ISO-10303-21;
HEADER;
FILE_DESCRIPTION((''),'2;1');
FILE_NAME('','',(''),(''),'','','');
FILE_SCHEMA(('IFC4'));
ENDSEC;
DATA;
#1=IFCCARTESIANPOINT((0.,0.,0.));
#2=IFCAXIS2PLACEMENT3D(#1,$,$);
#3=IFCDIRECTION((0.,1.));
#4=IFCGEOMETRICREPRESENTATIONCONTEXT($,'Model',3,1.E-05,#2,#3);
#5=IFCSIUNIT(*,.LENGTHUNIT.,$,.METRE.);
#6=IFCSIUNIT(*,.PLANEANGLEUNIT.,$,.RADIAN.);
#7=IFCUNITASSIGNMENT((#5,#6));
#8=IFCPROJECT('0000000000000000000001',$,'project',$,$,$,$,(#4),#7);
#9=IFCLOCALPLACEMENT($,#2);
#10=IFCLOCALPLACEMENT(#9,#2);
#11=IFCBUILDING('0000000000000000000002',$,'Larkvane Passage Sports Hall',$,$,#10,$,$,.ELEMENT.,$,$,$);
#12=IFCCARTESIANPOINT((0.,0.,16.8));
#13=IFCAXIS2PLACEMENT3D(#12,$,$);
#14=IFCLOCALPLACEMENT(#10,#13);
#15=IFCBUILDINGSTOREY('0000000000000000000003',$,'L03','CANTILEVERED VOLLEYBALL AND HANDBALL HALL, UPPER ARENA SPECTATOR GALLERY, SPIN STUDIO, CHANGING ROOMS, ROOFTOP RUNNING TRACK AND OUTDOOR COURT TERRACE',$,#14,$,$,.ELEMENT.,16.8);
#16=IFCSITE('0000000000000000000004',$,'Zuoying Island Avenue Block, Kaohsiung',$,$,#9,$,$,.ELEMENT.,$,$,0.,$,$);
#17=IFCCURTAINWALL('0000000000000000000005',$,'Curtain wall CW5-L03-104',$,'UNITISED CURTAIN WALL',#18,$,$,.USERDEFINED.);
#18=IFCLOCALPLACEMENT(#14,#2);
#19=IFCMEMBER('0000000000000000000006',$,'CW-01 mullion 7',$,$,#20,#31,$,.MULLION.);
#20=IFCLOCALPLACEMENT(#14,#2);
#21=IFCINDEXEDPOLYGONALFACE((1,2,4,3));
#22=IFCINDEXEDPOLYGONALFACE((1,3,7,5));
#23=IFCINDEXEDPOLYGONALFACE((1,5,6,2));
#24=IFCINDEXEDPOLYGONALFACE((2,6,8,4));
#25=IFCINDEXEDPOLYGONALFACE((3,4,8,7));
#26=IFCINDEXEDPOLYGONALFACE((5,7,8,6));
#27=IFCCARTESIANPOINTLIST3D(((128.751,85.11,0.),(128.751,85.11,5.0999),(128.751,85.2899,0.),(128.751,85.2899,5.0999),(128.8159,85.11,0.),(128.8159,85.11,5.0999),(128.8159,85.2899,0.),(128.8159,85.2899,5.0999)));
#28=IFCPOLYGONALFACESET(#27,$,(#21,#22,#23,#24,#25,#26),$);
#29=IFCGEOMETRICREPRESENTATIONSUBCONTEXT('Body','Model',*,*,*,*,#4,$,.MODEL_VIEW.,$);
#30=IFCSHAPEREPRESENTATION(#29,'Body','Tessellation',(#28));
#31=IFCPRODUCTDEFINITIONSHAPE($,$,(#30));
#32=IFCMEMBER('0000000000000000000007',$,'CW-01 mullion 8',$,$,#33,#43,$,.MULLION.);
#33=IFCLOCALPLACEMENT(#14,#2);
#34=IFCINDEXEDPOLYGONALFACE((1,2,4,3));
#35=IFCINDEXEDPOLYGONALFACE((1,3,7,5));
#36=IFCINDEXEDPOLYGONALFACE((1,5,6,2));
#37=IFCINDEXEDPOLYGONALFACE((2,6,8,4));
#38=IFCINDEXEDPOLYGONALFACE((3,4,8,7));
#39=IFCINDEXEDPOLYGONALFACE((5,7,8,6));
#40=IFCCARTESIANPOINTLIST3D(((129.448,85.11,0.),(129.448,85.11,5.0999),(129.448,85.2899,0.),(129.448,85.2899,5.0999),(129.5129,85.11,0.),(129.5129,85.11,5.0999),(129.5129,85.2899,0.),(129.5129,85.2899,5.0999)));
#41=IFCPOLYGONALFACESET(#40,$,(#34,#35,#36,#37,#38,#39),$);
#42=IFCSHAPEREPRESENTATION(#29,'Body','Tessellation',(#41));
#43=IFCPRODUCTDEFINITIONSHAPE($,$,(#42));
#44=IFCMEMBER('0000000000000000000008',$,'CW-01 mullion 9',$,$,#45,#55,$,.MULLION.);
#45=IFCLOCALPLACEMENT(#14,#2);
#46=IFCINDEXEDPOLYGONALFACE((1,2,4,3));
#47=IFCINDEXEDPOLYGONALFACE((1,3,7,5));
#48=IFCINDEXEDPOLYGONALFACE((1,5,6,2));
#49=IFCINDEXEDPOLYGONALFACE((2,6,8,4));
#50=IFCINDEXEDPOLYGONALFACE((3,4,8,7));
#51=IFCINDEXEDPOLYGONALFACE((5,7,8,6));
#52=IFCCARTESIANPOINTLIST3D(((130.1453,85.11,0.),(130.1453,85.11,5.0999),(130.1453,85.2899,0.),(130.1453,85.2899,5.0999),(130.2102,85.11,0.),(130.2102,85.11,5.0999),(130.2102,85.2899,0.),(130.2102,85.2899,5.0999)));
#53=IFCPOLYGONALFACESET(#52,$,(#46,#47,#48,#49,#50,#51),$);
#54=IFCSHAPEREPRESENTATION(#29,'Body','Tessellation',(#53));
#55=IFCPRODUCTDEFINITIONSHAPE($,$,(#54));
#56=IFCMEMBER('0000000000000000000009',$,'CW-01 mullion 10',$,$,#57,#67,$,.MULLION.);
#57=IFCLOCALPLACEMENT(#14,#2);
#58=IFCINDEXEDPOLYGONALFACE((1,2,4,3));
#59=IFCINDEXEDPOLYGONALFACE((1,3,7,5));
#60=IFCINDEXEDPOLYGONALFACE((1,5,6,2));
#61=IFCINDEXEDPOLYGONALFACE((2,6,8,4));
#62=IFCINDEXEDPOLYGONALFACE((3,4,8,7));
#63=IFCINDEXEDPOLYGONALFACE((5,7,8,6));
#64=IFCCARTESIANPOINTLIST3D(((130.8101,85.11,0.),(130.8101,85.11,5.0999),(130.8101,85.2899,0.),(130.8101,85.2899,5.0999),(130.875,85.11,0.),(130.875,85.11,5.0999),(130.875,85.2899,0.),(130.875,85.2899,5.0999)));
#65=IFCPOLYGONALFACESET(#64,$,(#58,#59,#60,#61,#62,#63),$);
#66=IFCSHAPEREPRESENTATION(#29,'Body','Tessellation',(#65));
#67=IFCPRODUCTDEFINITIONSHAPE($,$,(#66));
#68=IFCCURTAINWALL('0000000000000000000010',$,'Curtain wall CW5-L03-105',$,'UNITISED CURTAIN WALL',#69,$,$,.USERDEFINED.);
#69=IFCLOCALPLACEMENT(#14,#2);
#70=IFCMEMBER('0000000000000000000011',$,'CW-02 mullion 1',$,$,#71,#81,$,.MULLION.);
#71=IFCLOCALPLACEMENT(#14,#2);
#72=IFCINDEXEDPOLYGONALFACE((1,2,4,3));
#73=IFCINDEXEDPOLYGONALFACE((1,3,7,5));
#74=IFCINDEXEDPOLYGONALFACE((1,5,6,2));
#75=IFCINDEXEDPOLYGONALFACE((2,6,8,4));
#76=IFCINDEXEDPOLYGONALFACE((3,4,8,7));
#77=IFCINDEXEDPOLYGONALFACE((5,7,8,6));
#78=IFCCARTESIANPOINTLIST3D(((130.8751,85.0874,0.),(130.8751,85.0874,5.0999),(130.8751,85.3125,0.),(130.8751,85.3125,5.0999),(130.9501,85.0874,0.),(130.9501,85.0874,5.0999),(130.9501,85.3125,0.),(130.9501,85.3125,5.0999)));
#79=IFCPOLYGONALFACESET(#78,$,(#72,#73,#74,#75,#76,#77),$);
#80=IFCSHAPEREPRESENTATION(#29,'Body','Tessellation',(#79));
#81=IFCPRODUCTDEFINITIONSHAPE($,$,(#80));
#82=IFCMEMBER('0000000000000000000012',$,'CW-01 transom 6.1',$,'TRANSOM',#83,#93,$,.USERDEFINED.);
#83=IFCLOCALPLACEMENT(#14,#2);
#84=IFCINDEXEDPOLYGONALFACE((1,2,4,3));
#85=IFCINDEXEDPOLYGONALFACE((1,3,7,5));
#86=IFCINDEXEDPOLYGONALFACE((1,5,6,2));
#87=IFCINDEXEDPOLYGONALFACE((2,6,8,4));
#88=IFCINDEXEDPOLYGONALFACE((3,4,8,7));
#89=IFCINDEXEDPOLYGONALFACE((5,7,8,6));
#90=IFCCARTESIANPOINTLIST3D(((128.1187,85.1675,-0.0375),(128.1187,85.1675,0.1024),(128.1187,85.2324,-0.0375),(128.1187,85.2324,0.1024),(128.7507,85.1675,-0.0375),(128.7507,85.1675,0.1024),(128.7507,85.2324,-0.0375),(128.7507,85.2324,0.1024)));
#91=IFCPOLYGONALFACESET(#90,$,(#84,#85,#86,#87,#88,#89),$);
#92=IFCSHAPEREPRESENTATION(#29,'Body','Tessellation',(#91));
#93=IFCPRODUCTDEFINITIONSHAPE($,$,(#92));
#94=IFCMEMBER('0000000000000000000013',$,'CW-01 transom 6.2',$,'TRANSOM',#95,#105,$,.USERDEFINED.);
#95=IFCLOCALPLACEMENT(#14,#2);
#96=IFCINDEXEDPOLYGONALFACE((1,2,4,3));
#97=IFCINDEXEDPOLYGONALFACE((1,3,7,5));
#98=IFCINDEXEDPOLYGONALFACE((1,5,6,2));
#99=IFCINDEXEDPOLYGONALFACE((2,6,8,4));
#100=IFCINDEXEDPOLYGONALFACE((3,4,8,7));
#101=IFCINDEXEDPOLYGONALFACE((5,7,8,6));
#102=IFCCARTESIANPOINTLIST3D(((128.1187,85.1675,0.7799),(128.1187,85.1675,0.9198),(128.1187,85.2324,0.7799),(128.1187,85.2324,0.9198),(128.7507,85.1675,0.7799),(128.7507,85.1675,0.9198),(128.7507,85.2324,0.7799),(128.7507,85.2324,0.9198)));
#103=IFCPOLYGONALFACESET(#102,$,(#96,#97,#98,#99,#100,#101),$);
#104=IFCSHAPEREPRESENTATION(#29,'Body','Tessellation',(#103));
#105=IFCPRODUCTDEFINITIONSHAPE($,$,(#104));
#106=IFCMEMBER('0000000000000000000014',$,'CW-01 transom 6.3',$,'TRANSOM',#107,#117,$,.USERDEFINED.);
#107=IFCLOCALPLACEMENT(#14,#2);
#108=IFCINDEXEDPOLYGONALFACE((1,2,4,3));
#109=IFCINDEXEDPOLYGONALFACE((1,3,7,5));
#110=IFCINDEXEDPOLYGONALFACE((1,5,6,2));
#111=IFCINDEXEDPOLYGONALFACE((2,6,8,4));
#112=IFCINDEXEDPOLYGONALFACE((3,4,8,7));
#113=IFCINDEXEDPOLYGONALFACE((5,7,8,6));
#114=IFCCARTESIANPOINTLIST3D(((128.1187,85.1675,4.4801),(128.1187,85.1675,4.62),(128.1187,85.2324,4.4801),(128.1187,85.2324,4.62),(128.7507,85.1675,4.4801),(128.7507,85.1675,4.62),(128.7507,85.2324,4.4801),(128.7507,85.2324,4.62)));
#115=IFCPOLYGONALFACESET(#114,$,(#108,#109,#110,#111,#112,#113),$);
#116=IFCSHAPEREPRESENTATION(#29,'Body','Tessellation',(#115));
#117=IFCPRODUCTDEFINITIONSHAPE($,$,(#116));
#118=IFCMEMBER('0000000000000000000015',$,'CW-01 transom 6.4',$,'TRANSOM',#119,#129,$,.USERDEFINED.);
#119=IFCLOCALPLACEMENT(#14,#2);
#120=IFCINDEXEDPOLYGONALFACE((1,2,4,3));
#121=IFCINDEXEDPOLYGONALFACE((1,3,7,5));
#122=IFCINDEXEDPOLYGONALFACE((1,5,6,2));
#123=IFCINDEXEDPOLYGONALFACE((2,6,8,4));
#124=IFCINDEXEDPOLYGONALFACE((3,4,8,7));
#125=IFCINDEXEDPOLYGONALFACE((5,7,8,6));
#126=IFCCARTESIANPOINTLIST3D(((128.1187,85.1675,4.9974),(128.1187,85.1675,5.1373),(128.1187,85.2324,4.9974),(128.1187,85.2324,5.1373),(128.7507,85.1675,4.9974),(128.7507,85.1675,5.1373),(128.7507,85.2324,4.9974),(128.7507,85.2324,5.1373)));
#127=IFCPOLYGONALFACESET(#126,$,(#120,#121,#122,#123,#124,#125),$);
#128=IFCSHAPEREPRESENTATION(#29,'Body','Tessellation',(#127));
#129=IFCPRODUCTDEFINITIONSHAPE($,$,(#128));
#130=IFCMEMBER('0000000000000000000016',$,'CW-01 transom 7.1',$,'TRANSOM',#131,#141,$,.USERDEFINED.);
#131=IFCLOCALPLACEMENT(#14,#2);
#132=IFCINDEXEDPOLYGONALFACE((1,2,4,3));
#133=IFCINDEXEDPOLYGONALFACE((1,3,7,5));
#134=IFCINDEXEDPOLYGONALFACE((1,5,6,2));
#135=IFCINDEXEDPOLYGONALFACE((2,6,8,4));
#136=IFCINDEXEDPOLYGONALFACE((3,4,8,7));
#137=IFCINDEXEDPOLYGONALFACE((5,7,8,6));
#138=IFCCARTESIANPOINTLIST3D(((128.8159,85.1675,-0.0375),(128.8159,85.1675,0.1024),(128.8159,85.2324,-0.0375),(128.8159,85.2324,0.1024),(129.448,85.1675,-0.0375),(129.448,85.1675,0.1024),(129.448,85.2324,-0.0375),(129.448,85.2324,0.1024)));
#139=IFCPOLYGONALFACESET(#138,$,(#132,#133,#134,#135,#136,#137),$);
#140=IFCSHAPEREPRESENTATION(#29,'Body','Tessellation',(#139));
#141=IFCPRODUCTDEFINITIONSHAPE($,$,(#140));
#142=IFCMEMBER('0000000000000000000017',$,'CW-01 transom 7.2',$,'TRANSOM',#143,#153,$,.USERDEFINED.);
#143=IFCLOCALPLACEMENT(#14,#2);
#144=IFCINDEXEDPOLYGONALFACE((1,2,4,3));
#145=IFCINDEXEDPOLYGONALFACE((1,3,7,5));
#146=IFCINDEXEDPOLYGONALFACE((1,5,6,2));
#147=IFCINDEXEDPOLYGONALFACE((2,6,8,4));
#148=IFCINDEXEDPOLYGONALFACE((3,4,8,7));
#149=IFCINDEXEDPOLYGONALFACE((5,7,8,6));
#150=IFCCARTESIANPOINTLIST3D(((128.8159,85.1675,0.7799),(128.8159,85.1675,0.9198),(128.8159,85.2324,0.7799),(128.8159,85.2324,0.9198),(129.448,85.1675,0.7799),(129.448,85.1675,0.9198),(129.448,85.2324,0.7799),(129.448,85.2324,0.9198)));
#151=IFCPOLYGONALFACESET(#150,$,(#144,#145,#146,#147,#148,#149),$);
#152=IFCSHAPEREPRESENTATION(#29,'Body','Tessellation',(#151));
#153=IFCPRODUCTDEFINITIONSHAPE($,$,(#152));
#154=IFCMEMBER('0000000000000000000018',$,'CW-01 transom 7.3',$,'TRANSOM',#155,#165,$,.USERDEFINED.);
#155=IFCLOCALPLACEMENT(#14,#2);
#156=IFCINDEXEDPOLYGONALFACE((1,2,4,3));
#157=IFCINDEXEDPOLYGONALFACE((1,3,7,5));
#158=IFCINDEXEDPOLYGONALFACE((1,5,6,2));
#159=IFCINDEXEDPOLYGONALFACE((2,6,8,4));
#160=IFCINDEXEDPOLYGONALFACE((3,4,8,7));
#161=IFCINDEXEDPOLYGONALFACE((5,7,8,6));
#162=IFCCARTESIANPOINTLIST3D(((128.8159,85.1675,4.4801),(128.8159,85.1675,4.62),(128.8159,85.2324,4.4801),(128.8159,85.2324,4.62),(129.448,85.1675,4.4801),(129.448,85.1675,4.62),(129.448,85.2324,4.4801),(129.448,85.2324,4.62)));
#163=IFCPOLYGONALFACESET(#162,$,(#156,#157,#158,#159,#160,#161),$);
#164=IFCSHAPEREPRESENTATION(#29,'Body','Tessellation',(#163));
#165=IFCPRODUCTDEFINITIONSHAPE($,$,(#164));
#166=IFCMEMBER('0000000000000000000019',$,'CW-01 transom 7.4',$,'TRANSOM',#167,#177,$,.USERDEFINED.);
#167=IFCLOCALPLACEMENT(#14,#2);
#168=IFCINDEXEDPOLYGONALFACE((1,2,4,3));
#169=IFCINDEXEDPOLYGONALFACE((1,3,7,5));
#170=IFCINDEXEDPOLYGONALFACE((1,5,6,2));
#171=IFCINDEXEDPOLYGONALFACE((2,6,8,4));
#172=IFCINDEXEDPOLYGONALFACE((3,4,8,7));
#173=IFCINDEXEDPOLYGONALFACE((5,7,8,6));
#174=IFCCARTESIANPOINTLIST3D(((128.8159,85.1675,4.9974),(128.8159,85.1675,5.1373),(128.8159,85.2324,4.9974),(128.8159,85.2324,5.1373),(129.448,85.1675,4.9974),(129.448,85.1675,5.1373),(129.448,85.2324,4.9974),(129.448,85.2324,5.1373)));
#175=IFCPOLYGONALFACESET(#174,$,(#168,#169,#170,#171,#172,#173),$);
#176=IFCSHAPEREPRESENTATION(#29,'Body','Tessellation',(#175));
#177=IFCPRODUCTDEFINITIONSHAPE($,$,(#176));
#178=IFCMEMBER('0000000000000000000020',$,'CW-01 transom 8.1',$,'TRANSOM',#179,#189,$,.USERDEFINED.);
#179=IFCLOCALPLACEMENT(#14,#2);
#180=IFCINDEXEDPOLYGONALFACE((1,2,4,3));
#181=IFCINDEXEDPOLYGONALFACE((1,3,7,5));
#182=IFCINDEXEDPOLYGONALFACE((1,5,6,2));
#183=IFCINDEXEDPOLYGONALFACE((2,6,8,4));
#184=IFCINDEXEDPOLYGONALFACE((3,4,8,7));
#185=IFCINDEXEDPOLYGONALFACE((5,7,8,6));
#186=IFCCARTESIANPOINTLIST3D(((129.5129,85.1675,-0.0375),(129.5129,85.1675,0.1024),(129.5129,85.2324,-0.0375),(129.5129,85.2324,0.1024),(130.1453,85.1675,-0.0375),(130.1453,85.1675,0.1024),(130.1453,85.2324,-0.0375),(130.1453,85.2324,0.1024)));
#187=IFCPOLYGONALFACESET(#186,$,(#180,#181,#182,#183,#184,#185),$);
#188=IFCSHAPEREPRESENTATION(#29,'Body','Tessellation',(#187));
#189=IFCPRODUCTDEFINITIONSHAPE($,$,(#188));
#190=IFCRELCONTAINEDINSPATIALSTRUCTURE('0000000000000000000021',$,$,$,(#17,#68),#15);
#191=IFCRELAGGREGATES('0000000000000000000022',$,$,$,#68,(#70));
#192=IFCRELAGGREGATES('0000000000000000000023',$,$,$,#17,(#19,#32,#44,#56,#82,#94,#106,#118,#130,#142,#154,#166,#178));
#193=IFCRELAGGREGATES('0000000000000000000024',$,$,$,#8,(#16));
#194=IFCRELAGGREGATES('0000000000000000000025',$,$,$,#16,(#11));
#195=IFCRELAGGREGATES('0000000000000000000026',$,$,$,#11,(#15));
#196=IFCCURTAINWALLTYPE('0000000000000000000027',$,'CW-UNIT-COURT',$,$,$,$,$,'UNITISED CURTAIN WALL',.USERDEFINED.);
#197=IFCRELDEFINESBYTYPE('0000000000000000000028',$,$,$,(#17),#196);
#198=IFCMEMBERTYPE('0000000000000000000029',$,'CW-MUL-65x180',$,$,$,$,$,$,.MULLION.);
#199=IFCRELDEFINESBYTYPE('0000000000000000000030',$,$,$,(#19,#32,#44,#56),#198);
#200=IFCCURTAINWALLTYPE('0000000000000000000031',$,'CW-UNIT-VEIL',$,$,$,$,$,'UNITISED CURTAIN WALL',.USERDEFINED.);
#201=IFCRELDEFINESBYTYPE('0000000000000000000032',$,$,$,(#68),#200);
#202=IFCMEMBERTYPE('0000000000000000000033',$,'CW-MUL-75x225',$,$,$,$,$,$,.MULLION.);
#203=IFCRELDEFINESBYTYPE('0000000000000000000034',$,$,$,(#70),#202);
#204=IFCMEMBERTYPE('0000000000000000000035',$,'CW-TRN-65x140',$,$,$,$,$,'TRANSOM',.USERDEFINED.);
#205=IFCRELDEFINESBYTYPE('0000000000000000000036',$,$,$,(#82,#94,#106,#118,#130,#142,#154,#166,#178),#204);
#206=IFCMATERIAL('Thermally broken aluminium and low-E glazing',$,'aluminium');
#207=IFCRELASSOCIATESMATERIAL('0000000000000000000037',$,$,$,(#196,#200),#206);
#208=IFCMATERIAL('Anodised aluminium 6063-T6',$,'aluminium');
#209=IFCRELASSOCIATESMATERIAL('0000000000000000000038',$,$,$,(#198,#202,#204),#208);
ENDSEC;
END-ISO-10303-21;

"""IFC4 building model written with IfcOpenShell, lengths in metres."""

from ifc_helpers import new_model, si_unit, direction, frame, origin, origin_2d, place, context, subcontext, project, spatial, rectangle, extrude, material, material_profile, profile_set, type_object, element, aggregate, save


model = new_model("IFC4")

# Units and contexts
model_context = context("Model", 3, precision=1e-05, world=origin(), true_north=direction((0.0, 1.0)))
body_context = subcontext(model_context, "Body", "Model", "MODEL_VIEW")
ifc_project = project(units=[si_unit("LENGTHUNIT", "METRE"), si_unit("PLANEANGLEUNIT", "RADIAN")], contexts=[model_context])

# Site, building, storey
site_placement = place(None, origin())
site = spatial("IfcSite", under=ifc_project, at=site_placement, Name="Zuoying Island Avenue Block, Kaohsiung", CompositionType="ELEMENT", RefElevation=0.0)
building_placement = place(site_placement, origin())
building = spatial("IfcBuilding", under=site, at=building_placement, Name="Larkvane Passage Sports Hall", CompositionType="ELEMENT")
storey_placement = place(building_placement, frame((0.0, 0.0, 16.8)))
storey = spatial("IfcBuildingStorey", under=building, at=storey_placement, Name="L03", Description="CANTILEVERED VOLLEYBALL AND HANDBALL HALL, UPPER ARENA SPECTATOR GALLERY, SPIN STUDIO, CHANGING ROOMS, ROOFTOP RUNNING TRACK AND OUTDOOR COURT TERRACE", CompositionType="ELEMENT", Elevation=16.8)

# Curtain wall, members
ifc_material_1 = material(Name="Thermally broken aluminium and low-E glazing", Category="aluminium")
curtain_wall_type_1 = type_object("IfcCurtainWallType", Name="CW-UNIT-COURT", ElementType="UNITISED CURTAIN WALL", PredefinedType="USERDEFINED", material=ifc_material_1)
curtain_wall_1_placement = place(storey_placement, origin())
curtain_wall_1 = element("IfcCurtainWall", 1, at=curtain_wall_1_placement, inside=storey, type_object=curtain_wall_type_1, Name="Curtain wall CW5-L03-104", ObjectType="UNITISED CURTAIN WALL", PredefinedType="USERDEFINED")
ifc_material_2 = material(Name="Anodised aluminium 6063-T6", Category="aluminium")
ifc_material_profile_1 = material_profile(ifc_material_2, rectangle(XDim=0.0649, YDim=0.1799, at=origin_2d()), Name="ALU-MUL-65x180")
ifc_profile_set_1 = profile_set([ifc_material_profile_1], Name="Anodised aluminium 6063-T6")
member_type_1 = type_object("IfcMemberType", Name="CW-MUL-65x180", PredefinedType="MULLION", material=ifc_profile_set_1)
member_1_placement = place(storey_placement, frame((128.7834, 85.2, 0.0), z_axis=(0.0, 0.0, 1.0), x_axis=(1.0, 0.0, 0.0)))
member_1 = element("IfcMember", 2, at=member_1_placement, type_object=member_type_1, Name="CW-01 mullion 7", PredefinedType="MULLION", context=body_context, shape_type="SweptSolid", body=[
    extrude(rectangle(XDim=0.0649, YDim=0.1799, at=origin_2d()), origin(), (0.0, 0.0, 1.0), 5.0999),
])
member_2_placement = place(storey_placement, frame((129.4805, 85.2, 0.0), z_axis=(0.0, 0.0, 1.0), x_axis=(1.0, 0.0, 0.0)))
member_2 = element("IfcMember", 3, at=member_2_placement, type_object=member_type_1, Name="CW-01 mullion 8", PredefinedType="MULLION", context=body_context, shape_type="SweptSolid", body=[
    extrude(rectangle(XDim=0.0649, YDim=0.1799, at=origin_2d()), origin(), (0.0, 0.0, 1.0), 5.0999),
])
member_3_placement = place(storey_placement, frame((130.1777, 85.2, 0.0), z_axis=(0.0, 0.0, 1.0), x_axis=(1.0, 0.0, 0.0)))
member_3 = element("IfcMember", 4, at=member_3_placement, type_object=member_type_1, Name="CW-01 mullion 9", PredefinedType="MULLION", context=body_context, shape_type="SweptSolid", body=[
    extrude(rectangle(XDim=0.0649, YDim=0.1799, at=origin_2d()), origin(), (0.0, 0.0, 1.0), 5.0999),
])
member_4_placement = place(storey_placement, frame((130.8425, 85.2, 0.0), z_axis=(0.0, 0.0, 1.0), x_axis=(1.0, 0.0, 0.0)))
member_4 = element("IfcMember", 5, at=member_4_placement, type_object=member_type_1, Name="CW-01 mullion 10", PredefinedType="MULLION", context=body_context, shape_type="SweptSolid", body=[
    extrude(rectangle(XDim=0.0649, YDim=0.1799, at=origin_2d()), origin(), (0.0, 0.0, 1.0), 5.0999),
])

# Curtain wall, member
curtain_wall_type_2 = type_object("IfcCurtainWallType", Name="CW-UNIT-VEIL", ElementType="UNITISED CURTAIN WALL", PredefinedType="USERDEFINED", material=ifc_material_1)
curtain_wall_2_placement = place(storey_placement, origin())
curtain_wall_2 = element("IfcCurtainWall", 6, at=curtain_wall_2_placement, inside=storey, type_object=curtain_wall_type_2, Name="Curtain wall CW5-L03-105", ObjectType="UNITISED CURTAIN WALL", PredefinedType="USERDEFINED")
ifc_material_profile_2 = material_profile(ifc_material_2, rectangle(XDim=0.075, YDim=0.2251, at=origin_2d()), Name="ALU-MUL-75x225")
ifc_profile_set_2 = profile_set([ifc_material_profile_2], Name="Anodised aluminium 6063-T6")
member_type_2 = type_object("IfcMemberType", Name="CW-MUL-75x225", PredefinedType="MULLION", material=ifc_profile_set_2)
member_5_placement = place(storey_placement, frame((130.9126, 85.2, 0.0), z_axis=(0.0, 0.0, 1.0), x_axis=(1.0, 0.0, 0.0)))
member_5 = element("IfcMember", 7, at=member_5_placement, type_object=member_type_2, Name="CW-02 mullion 1", PredefinedType="MULLION", context=body_context, shape_type="SweptSolid", body=[
    extrude(rectangle(XDim=0.075, YDim=0.2251, at=origin_2d()), origin(), (0.0, 0.0, 1.0), 5.0999),
])
aggregate(curtain_wall_2, [member_5])

# Members
ifc_material_profile_3 = material_profile(ifc_material_2, rectangle(XDim=0.0649, YDim=0.1399, at=origin_2d()), Name="ALU-TRN-65x140")
ifc_profile_set_3 = profile_set([ifc_material_profile_3], Name="Anodised aluminium 6063-T6")
member_type_3 = type_object("IfcMemberType", Name="CW-TRN-65x140", ElementType="TRANSOM", PredefinedType="USERDEFINED", material=ifc_profile_set_3)
member_6_placement = place(storey_placement, frame((128.1187, 85.2, 0.0325), z_axis=(1.0, 0.0, 0.0), x_axis=(0.0, 1.0, 0.0)))
member_6 = element("IfcMember", 8, at=member_6_placement, type_object=member_type_3, Name="CW-01 transom 6.1", ObjectType="TRANSOM", PredefinedType="USERDEFINED", context=body_context, shape_type="SweptSolid", body=[
    extrude(rectangle(XDim=0.0649, YDim=0.1399, at=origin_2d()), origin(), (0.0, 0.0, 1.0), 0.6321),
])
member_7_placement = place(storey_placement, frame((128.1187, 85.2, 0.8499), z_axis=(1.0, 0.0, 0.0), x_axis=(0.0, 1.0, 0.0)))
member_7 = element("IfcMember", 9, at=member_7_placement, type_object=member_type_3, Name="CW-01 transom 6.2", ObjectType="TRANSOM", PredefinedType="USERDEFINED", context=body_context, shape_type="SweptSolid", body=[
    extrude(rectangle(XDim=0.0649, YDim=0.1399, at=origin_2d()), origin(), (0.0, 0.0, 1.0), 0.6321),
])
member_8_placement = place(storey_placement, frame((128.1187, 85.2, 4.55), z_axis=(1.0, 0.0, 0.0), x_axis=(0.0, 1.0, 0.0)))
member_8 = element("IfcMember", 10, at=member_8_placement, type_object=member_type_3, Name="CW-01 transom 6.3", ObjectType="TRANSOM", PredefinedType="USERDEFINED", context=body_context, shape_type="SweptSolid", body=[
    extrude(rectangle(XDim=0.0649, YDim=0.1399, at=origin_2d()), origin(), (0.0, 0.0, 1.0), 0.6321),
])
member_9_placement = place(storey_placement, frame((128.1187, 85.2, 5.0674), z_axis=(1.0, 0.0, 0.0), x_axis=(0.0, 1.0, 0.0)))
member_9 = element("IfcMember", 11, at=member_9_placement, type_object=member_type_3, Name="CW-01 transom 6.4", ObjectType="TRANSOM", PredefinedType="USERDEFINED", context=body_context, shape_type="SweptSolid", body=[
    extrude(rectangle(XDim=0.0649, YDim=0.1399, at=origin_2d()), origin(), (0.0, 0.0, 1.0), 0.6321),
])
member_10_placement = place(storey_placement, frame((128.8159, 85.2, 0.0325), z_axis=(1.0, 0.0, 0.0), x_axis=(0.0, 1.0, 0.0)))
member_10 = element("IfcMember", 12, at=member_10_placement, type_object=member_type_3, Name="CW-01 transom 7.1", ObjectType="TRANSOM", PredefinedType="USERDEFINED", context=body_context, shape_type="SweptSolid", body=[
    extrude(rectangle(XDim=0.0649, YDim=0.1399, at=origin_2d()), origin(), (0.0, 0.0, 1.0), 0.6321),
])
member_11_placement = place(storey_placement, frame((128.8159, 85.2, 0.8499), z_axis=(1.0, 0.0, 0.0), x_axis=(0.0, 1.0, 0.0)))
member_11 = element("IfcMember", 13, at=member_11_placement, type_object=member_type_3, Name="CW-01 transom 7.2", ObjectType="TRANSOM", PredefinedType="USERDEFINED", context=body_context, shape_type="SweptSolid", body=[
    extrude(rectangle(XDim=0.0649, YDim=0.1399, at=origin_2d()), origin(), (0.0, 0.0, 1.0), 0.6321),
])
member_12_placement = place(storey_placement, frame((128.8159, 85.2, 4.55), z_axis=(1.0, 0.0, 0.0), x_axis=(0.0, 1.0, 0.0)))
member_12 = element("IfcMember", 14, at=member_12_placement, type_object=member_type_3, Name="CW-01 transom 7.3", ObjectType="TRANSOM", PredefinedType="USERDEFINED", context=body_context, shape_type="SweptSolid", body=[
    extrude(rectangle(XDim=0.0649, YDim=0.1399, at=origin_2d()), origin(), (0.0, 0.0, 1.0), 0.6321),
])
member_13_placement = place(storey_placement, frame((128.8159, 85.2, 5.0674), z_axis=(1.0, 0.0, 0.0), x_axis=(0.0, 1.0, 0.0)))
member_13 = element("IfcMember", 15, at=member_13_placement, type_object=member_type_3, Name="CW-01 transom 7.4", ObjectType="TRANSOM", PredefinedType="USERDEFINED", context=body_context, shape_type="SweptSolid", body=[
    extrude(rectangle(XDim=0.0649, YDim=0.1399, at=origin_2d()), origin(), (0.0, 0.0, 1.0), 0.6321),
])
member_14_placement = place(storey_placement, frame((129.5129, 85.2, 0.0325), z_axis=(1.0, 0.0, 0.0), x_axis=(0.0, 1.0, 0.0)))
member_14 = element("IfcMember", 16, at=member_14_placement, type_object=member_type_3, Name="CW-01 transom 8.1", ObjectType="TRANSOM", PredefinedType="USERDEFINED", context=body_context, shape_type="SweptSolid", body=[
    extrude(rectangle(XDim=0.0649, YDim=0.1399, at=origin_2d()), origin(), (0.0, 0.0, 1.0), 0.6323),
])

aggregate(curtain_wall_1, [member_1, member_2, member_3, member_4, member_6, member_7, member_8, member_9, member_10, member_11, member_12, member_13, member_14])

save(model, "model.ifc")
